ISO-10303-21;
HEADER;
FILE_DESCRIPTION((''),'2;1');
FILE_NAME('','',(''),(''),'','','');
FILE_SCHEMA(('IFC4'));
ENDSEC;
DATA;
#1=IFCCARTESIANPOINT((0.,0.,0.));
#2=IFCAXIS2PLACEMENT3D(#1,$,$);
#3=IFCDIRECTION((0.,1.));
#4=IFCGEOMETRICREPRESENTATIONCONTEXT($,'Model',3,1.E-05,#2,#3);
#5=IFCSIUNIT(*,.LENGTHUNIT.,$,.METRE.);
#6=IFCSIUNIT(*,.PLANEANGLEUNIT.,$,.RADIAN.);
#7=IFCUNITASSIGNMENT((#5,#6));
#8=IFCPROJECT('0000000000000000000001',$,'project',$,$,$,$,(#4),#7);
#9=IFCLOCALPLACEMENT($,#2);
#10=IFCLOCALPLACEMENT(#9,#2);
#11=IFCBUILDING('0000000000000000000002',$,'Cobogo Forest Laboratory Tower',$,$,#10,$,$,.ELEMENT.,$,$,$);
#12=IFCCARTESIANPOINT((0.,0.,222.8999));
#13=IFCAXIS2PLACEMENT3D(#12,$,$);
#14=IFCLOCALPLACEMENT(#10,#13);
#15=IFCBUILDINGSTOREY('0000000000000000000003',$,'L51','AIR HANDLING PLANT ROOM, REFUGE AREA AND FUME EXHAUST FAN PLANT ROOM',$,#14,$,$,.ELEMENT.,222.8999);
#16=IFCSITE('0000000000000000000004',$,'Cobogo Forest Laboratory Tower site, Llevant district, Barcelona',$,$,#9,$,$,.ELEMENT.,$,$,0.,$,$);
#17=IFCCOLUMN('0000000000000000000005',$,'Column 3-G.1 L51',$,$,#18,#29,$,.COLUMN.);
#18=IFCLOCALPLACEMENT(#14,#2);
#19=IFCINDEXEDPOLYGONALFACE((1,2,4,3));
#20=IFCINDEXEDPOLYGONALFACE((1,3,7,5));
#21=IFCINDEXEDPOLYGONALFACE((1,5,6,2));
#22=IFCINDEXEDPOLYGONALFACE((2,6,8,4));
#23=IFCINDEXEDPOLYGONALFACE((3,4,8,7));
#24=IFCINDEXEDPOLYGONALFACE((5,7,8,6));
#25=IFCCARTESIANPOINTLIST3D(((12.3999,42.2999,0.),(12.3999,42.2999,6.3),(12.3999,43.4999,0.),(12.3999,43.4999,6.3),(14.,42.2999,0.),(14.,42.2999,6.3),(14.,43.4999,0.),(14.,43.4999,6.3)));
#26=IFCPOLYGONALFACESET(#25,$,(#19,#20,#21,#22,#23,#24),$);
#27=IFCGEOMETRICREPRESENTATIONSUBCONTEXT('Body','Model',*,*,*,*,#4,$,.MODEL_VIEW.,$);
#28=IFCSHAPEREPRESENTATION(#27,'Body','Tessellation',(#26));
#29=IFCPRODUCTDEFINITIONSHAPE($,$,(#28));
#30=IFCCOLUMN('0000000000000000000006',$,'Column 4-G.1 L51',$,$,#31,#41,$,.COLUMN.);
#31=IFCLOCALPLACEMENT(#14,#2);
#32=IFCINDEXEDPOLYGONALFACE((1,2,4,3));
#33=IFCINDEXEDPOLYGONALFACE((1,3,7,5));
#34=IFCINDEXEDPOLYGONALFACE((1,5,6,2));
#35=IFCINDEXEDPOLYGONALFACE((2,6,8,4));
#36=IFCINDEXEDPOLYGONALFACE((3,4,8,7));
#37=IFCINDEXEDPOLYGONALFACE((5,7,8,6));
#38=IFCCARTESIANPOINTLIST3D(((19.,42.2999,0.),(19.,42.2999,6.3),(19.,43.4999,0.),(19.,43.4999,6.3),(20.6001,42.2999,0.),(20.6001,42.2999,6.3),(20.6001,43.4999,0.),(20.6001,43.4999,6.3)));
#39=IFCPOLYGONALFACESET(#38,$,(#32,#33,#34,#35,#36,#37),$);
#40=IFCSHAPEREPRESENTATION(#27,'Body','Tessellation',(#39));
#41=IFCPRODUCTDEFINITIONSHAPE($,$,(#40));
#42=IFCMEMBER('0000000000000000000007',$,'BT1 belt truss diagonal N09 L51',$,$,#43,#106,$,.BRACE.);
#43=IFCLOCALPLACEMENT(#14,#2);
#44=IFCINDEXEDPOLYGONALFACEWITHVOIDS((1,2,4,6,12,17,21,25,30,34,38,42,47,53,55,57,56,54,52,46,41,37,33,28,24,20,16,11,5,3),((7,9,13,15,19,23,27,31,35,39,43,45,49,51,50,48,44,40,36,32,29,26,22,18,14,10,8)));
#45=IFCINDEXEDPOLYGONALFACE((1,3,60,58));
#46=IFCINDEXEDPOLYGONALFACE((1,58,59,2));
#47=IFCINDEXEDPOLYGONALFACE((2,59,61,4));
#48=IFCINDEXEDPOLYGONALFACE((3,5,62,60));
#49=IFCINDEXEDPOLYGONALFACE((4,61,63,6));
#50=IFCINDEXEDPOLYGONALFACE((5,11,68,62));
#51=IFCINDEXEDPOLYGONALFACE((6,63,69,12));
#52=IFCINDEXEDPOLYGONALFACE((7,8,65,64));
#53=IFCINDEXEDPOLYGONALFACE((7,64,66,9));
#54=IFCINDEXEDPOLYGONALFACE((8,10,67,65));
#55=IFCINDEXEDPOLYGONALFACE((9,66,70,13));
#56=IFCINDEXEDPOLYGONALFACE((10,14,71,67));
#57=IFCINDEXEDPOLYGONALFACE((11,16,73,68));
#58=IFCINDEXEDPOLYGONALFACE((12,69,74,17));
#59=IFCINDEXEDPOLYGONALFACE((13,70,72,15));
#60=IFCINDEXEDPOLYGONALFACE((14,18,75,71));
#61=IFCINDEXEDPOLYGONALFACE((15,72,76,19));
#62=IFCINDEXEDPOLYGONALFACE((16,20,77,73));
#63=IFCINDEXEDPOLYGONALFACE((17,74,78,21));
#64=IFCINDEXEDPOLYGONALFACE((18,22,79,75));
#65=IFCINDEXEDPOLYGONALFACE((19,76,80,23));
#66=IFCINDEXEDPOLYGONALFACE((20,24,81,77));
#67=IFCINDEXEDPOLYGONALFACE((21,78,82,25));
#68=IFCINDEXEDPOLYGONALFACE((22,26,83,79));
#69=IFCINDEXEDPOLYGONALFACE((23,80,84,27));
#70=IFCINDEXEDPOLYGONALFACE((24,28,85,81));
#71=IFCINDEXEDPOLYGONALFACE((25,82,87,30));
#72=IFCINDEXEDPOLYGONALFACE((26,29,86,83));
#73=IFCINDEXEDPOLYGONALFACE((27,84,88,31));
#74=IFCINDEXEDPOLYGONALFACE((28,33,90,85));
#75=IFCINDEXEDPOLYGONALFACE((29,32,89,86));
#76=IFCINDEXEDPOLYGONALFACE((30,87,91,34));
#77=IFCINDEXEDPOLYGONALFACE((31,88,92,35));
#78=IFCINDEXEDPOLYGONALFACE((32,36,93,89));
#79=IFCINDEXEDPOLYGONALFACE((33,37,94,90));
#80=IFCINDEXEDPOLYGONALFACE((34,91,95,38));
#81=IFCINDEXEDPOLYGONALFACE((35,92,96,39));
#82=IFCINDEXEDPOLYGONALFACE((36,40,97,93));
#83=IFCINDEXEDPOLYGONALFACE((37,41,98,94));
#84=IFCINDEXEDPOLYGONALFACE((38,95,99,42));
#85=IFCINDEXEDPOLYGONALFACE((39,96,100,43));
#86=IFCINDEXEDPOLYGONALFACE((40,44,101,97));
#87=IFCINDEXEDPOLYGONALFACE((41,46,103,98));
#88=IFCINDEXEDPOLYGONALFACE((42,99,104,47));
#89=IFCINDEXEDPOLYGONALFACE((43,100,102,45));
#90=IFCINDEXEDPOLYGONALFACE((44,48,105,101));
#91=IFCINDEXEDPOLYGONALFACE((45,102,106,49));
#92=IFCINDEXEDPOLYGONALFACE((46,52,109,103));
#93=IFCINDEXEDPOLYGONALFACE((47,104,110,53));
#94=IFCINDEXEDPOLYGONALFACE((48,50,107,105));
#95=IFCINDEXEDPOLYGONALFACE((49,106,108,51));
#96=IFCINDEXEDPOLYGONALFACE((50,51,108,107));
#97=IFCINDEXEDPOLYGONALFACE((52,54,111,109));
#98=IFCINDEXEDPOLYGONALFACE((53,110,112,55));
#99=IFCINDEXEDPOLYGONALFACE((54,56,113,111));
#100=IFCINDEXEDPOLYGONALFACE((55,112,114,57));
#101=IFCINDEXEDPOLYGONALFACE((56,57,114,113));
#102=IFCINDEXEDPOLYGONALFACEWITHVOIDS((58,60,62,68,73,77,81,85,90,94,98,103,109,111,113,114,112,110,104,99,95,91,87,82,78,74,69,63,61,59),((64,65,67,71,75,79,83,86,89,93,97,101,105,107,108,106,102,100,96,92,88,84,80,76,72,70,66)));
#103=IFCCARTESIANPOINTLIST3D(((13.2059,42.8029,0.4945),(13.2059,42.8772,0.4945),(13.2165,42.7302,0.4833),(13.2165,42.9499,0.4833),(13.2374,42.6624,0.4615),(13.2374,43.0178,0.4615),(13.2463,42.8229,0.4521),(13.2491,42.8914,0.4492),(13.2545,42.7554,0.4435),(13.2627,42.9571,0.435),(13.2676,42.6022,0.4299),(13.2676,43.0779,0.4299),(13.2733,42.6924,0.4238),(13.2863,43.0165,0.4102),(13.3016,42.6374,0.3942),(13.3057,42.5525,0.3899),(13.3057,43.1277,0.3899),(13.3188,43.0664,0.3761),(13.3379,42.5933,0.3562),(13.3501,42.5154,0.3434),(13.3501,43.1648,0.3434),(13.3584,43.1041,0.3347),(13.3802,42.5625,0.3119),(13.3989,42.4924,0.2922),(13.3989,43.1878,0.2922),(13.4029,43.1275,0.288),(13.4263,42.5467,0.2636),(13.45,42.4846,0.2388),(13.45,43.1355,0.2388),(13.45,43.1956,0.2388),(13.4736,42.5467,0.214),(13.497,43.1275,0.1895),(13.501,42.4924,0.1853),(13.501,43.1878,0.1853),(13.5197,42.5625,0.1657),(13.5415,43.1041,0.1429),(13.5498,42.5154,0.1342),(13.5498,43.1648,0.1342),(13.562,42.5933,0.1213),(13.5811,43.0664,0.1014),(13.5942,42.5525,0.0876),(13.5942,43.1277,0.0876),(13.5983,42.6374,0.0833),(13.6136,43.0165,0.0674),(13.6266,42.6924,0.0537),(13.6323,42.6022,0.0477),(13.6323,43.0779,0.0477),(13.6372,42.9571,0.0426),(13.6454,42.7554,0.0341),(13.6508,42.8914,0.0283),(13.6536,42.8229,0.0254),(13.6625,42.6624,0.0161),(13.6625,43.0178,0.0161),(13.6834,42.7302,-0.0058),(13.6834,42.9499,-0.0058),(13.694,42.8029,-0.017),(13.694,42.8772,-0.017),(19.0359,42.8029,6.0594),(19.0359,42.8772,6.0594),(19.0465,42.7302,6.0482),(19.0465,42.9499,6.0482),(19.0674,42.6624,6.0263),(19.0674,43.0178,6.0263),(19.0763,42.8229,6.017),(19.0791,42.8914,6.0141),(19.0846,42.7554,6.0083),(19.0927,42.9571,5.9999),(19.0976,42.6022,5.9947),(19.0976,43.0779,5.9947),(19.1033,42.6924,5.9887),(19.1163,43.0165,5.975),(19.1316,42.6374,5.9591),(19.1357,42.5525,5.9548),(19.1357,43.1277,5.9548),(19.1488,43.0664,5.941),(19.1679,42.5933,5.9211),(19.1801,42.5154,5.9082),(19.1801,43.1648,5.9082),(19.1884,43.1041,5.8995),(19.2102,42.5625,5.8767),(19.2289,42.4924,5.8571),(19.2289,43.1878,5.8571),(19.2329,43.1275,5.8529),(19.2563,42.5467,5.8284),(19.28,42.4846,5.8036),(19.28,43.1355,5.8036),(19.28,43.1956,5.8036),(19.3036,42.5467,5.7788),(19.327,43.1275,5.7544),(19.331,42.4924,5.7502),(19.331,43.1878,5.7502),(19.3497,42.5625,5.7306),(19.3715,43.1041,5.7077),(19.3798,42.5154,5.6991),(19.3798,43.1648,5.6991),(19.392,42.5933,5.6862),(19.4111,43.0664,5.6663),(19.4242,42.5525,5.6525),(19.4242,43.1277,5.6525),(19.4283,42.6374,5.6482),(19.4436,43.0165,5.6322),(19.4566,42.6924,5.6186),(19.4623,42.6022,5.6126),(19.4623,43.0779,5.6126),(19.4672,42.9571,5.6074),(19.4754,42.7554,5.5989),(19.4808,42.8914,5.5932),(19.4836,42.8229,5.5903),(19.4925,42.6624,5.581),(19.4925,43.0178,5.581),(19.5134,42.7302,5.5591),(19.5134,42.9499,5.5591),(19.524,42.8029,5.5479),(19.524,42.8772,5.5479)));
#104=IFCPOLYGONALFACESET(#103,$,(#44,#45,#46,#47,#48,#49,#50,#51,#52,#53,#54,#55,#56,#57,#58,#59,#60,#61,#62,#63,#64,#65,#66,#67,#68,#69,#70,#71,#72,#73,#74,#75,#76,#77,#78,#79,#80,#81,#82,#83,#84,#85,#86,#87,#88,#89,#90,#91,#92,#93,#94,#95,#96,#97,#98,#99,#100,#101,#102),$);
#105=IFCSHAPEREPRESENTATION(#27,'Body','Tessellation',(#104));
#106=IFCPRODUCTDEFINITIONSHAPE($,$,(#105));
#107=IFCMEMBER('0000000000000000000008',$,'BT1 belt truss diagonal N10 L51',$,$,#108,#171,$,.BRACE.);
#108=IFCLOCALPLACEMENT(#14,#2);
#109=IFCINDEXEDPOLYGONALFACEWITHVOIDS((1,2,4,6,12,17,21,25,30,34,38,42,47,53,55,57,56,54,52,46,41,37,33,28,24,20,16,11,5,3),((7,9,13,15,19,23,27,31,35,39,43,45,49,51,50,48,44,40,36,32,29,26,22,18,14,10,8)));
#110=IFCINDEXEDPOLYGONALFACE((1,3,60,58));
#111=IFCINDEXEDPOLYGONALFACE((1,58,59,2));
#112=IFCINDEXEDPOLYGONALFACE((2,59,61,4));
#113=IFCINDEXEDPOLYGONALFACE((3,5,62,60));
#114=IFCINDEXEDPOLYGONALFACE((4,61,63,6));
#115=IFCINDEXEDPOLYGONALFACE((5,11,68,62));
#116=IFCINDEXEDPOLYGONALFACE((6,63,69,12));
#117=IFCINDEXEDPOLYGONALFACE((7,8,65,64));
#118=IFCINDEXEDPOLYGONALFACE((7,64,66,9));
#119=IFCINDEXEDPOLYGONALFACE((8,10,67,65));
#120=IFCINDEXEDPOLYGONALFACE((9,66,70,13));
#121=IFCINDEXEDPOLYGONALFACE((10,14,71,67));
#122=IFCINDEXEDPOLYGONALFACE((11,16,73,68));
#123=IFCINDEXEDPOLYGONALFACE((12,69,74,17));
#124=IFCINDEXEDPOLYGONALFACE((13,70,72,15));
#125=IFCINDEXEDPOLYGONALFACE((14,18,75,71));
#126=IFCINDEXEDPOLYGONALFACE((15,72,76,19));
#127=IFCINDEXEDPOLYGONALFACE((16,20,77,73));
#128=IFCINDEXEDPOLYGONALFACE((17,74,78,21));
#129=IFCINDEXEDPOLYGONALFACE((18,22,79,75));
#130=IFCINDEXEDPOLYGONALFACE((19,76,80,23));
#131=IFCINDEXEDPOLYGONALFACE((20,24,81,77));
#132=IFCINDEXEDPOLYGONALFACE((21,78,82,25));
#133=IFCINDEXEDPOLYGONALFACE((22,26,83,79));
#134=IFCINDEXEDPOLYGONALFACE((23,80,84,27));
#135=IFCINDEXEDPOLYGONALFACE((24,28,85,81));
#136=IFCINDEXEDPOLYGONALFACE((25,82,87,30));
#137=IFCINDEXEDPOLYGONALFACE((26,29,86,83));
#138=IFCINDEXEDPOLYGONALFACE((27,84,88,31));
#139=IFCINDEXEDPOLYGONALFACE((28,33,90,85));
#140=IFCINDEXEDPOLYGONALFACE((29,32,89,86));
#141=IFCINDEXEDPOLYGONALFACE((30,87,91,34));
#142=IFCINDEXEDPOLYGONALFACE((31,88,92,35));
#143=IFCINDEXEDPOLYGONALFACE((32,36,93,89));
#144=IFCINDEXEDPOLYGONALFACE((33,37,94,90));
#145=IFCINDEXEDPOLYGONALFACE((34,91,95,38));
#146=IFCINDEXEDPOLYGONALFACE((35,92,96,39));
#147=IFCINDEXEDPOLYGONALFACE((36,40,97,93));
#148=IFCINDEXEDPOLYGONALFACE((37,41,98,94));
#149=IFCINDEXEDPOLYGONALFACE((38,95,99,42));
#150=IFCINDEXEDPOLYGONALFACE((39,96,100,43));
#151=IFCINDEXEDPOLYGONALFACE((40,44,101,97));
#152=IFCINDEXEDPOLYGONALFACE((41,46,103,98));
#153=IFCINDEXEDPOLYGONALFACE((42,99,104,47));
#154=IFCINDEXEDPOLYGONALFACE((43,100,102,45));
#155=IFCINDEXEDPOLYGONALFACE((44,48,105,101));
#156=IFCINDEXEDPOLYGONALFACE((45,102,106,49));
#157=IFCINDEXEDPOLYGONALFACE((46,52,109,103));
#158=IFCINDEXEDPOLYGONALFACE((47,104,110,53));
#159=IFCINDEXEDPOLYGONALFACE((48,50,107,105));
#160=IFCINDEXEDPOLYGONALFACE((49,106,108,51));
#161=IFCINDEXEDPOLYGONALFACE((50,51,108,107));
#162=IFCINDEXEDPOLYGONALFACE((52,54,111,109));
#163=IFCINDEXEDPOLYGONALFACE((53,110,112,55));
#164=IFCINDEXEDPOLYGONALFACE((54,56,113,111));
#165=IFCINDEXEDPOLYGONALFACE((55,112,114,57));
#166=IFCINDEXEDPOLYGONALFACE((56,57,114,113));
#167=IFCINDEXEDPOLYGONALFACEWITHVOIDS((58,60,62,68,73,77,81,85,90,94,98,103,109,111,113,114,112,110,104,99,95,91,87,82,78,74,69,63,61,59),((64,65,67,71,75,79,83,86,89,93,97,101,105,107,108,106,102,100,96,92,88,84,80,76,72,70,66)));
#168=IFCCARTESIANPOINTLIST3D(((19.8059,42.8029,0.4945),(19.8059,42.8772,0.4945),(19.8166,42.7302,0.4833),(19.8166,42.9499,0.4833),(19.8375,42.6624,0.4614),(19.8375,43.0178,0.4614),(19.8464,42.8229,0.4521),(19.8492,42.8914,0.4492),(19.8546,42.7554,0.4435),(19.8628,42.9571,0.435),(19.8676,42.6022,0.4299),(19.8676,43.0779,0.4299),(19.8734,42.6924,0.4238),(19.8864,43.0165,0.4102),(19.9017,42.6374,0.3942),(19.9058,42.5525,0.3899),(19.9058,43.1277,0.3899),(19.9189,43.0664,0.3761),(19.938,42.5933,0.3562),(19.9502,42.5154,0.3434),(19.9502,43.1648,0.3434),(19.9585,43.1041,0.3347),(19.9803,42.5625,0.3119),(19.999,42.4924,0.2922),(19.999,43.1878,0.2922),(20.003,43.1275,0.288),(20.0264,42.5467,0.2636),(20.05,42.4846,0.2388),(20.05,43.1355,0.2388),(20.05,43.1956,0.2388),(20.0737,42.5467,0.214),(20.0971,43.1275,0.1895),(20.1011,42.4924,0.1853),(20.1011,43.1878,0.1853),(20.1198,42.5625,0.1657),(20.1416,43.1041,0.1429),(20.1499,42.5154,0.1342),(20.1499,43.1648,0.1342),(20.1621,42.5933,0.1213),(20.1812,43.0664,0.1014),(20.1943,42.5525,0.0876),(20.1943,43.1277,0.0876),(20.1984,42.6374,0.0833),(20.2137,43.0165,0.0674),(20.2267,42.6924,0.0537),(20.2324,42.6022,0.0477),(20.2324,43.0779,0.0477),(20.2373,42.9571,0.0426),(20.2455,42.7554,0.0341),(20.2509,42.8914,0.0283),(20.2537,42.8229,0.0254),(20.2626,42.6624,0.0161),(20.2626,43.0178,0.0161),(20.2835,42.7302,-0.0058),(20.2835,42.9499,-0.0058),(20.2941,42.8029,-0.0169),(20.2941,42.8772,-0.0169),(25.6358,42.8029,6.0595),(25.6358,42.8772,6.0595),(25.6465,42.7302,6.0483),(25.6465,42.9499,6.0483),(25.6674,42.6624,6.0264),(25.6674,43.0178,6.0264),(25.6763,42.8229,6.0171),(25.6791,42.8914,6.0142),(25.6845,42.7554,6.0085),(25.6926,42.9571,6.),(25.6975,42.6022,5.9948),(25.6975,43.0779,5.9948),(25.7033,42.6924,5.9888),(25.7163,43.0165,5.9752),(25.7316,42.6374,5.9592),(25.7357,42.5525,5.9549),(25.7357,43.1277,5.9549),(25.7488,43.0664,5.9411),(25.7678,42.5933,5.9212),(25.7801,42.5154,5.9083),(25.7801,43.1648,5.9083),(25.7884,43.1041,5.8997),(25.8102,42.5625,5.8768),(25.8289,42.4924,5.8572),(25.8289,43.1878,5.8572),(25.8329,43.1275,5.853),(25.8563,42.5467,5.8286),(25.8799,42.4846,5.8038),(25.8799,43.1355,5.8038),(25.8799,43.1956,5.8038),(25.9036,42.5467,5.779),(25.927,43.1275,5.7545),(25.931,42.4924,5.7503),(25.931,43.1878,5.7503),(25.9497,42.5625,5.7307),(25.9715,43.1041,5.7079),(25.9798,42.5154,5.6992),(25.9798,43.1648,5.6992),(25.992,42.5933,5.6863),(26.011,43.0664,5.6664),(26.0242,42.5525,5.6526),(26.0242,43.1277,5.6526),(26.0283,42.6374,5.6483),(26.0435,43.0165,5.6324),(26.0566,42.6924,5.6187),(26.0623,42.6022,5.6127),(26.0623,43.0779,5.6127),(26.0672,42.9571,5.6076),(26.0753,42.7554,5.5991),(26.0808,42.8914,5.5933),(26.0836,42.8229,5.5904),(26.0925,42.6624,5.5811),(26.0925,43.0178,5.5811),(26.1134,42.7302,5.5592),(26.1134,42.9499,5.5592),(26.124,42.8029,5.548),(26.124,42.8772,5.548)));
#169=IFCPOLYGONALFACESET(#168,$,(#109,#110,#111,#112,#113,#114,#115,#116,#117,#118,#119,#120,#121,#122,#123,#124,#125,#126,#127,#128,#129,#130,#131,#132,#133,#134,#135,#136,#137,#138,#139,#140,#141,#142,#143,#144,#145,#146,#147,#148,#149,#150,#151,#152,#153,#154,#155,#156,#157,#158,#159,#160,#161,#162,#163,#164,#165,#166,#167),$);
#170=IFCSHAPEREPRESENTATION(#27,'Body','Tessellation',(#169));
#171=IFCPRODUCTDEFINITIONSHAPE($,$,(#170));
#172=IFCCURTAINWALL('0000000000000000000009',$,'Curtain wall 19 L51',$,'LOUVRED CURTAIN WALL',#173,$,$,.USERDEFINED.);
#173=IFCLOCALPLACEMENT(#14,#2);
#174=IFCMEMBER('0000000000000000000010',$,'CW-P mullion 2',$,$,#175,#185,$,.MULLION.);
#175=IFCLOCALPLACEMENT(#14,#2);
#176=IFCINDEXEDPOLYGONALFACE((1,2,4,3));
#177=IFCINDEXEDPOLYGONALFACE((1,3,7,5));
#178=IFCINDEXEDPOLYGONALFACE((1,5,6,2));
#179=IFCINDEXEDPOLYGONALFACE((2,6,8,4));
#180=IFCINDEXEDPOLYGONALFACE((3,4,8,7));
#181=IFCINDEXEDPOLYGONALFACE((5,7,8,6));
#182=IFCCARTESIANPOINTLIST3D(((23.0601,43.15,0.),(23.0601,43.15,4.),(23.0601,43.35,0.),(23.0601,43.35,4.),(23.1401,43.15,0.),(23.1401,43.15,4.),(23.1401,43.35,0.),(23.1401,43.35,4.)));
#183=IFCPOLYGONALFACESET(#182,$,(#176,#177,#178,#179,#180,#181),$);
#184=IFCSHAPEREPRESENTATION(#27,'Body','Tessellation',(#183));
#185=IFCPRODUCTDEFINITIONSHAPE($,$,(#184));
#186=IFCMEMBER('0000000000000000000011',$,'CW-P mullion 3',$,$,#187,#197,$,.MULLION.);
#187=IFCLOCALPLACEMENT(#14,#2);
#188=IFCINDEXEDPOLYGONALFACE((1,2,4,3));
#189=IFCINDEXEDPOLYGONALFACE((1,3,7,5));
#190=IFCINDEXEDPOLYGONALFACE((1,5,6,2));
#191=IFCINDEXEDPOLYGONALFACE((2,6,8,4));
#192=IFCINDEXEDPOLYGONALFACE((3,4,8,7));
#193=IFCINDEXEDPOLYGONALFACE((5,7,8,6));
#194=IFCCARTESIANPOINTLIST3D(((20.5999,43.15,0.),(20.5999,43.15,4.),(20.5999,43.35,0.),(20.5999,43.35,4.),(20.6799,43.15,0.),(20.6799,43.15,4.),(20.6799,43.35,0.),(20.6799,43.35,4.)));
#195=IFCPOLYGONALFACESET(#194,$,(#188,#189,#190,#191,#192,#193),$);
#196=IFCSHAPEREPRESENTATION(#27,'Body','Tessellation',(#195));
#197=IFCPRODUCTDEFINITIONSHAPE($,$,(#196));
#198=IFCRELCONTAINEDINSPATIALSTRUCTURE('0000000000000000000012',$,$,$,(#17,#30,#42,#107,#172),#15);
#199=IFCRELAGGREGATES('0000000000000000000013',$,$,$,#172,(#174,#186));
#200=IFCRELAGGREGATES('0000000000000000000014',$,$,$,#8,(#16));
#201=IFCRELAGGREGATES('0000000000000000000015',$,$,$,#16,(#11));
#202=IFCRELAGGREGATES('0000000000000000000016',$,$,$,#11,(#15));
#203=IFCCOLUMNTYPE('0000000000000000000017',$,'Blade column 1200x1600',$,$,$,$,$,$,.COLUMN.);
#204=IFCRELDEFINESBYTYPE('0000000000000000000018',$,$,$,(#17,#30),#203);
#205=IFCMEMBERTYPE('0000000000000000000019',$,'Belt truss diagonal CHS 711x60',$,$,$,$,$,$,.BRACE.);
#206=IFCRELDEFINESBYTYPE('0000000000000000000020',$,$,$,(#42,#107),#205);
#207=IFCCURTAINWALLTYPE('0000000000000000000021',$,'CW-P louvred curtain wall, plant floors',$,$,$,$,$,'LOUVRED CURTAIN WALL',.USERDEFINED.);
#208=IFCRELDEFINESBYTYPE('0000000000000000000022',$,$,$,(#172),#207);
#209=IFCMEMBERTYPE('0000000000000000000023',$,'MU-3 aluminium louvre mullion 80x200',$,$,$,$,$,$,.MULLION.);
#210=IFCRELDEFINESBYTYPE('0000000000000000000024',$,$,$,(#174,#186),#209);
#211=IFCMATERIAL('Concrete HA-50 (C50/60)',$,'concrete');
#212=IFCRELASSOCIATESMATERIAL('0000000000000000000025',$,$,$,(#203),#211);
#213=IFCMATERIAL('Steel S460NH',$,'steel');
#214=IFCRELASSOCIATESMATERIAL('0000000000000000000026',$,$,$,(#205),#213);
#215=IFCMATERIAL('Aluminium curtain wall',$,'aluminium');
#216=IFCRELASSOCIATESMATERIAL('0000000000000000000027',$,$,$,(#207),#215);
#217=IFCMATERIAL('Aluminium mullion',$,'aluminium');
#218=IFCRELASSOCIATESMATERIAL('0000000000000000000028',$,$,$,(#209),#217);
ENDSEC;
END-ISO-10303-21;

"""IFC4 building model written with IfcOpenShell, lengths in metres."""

from ifc_helpers import new_model, si_unit, direction, frame, origin, origin_2d, place, context, subcontext, project, spatial, rectangle, hollow_circle, extrude, material, material_profile, profile_set, type_object, element, aggregate, save


model = new_model("IFC4")

# Units and contexts
model_context = context("Model", 3, precision=1e-05, world=origin(), true_north=direction((0.0, 1.0)))
body_context = subcontext(model_context, "Body", "Model", "MODEL_VIEW")
ifc_project = project(units=[si_unit("LENGTHUNIT", "METRE"), si_unit("PLANEANGLEUNIT", "RADIAN")], contexts=[model_context])

# Site, building, storey
site_placement = place(None, origin())
site = spatial("IfcSite", under=ifc_project, at=site_placement, Name="Cobogo Forest Laboratory Tower site, Llevant district, Barcelona", CompositionType="ELEMENT", RefElevation=0.0)
building_placement = place(site_placement, origin())
building = spatial("IfcBuilding", under=site, at=building_placement, Name="Cobogo Forest Laboratory Tower", CompositionType="ELEMENT")
storey_placement = place(building_placement, frame((0.0, 0.0, 222.8999)))
storey = spatial("IfcBuildingStorey", under=building, at=storey_placement, Name="L51", Description="AIR HANDLING PLANT ROOM, REFUGE AREA AND FUME EXHAUST FAN PLANT ROOM", CompositionType="ELEMENT", Elevation=222.8999)

# Columns
ifc_material_1 = material(Name="Concrete HA-50 (C50/60)", Category="concrete")
ifc_material_profile_1 = material_profile(ifc_material_1, rectangle(XDim=1.6001, YDim=1.2, at=origin_2d()), Name="RC 1200x1600")
ifc_profile_set_1 = profile_set([ifc_material_profile_1], Name="Concrete HA-50 (C50/60)")
column_type = type_object("IfcColumnType", Name="Blade column 1200x1600", PredefinedType="COLUMN", material=ifc_profile_set_1)
for number, where, z_axis, x_axis, name in (
    (1, (13.2, 42.8999, 0.0), (0.0, 0.0, 1.0), (1.0, 0.0, 0.0), "Column 3-G.1 L51"),
    (2, (19.8, 42.8999, 0.0), (0.0, 0.0, 1.0), (1.0, 0.0, 0.0), "Column 4-G.1 L51"),
):
    element("IfcColumn", number, at=place(storey_placement, frame(where, z_axis=z_axis, x_axis=x_axis)), inside=storey, type_object=column_type, Name=name, PredefinedType="COLUMN", context=body_context, shape_type="SweptSolid", body=[
        extrude(rectangle(XDim=1.6001, YDim=1.2, at=origin_2d()), origin(), (0.0, 0.0, 1.0), 6.3),
    ])

# Members
ifc_material_2 = material(Name="Steel S460NH", Category="steel")
ifc_material_profile_2 = material_profile(ifc_material_2, hollow_circle(Radius=0.3555, WallThickness=0.0601, at=origin_2d()), Name="CHS 711x60")
ifc_profile_set_2 = profile_set([ifc_material_profile_2], Name="Steel S460NH")
member_type_1 = type_object("IfcMemberType", Name="Belt truss diagonal CHS 711x60", PredefinedType="BRACE", material=ifc_profile_set_2)
for number, where, z_axis, x_axis, name in (
    (3, (13.45, 42.8401, 0.2388), (0.723364, 0.0, 0.690467), (0.0, 1.0, 0.0), "BT1 belt truss diagonal N09 L51"),
    (4, (20.05, 42.8401, 0.2388), (0.723349, 0.0, 0.690482), (0.0, 1.0, 0.0), "BT1 belt truss diagonal N10 L51"),
):
    element("IfcMember", number, at=place(storey_placement, frame(where, z_axis=z_axis, x_axis=x_axis)), inside=storey, type_object=member_type_1, Name=name, PredefinedType="BRACE", context=body_context, shape_type="SweptSolid", body=[
        extrude(hollow_circle(Radius=0.3555, WallThickness=0.0601, at=origin_2d()), origin(), (0.0, 0.0, 1.0), 8.0596),
    ])

# Curtain wall, members
ifc_material_3 = material(Name="Aluminium curtain wall", Category="aluminium")
curtain_wall_type = type_object("IfcCurtainWallType", Name="CW-P louvred curtain wall, plant floors", ElementType="LOUVRED CURTAIN WALL", PredefinedType="USERDEFINED", material=ifc_material_3)
curtain_wall_1_placement = place(storey_placement, origin())
curtain_wall_1 = element("IfcCurtainWall", 5, at=curtain_wall_1_placement, inside=storey, type_object=curtain_wall_type, Name="Curtain wall 19 L51", ObjectType="LOUVRED CURTAIN WALL", PredefinedType="USERDEFINED")
ifc_material_4 = material(Name="Aluminium mullion", Category="aluminium")
ifc_material_profile_3 = material_profile(ifc_material_4, rectangle(XDim=0.0801, YDim=0.2, at=origin_2d()), Name="AL 80x200")
ifc_profile_set_3 = profile_set([ifc_material_profile_3], Name="Aluminium mullion")
member_type_2 = type_object("IfcMemberType", Name="MU-3 aluminium louvre mullion 80x200", PredefinedType="MULLION", material=ifc_profile_set_3)
member_1_placement = place(storey_placement, frame((23.1001, 43.25, 0.0), z_axis=(0.0, 0.0, 1.0), x_axis=(-1.0, 0.0, 0.0)))
member_1 = element("IfcMember", 6, at=member_1_placement, type_object=member_type_2, Name="CW-P mullion 2", PredefinedType="MULLION", context=body_context, shape_type="SweptSolid", body=[
    extrude(rectangle(XDim=0.0801, YDim=0.2, at=origin_2d()), origin(), (0.0, 0.0, 1.0), 4.0),
])
member_2_placement = place(storey_placement, frame((20.6399, 43.25, 0.0), z_axis=(0.0, 0.0, 1.0), x_axis=(-1.0, 0.0, 0.0)))
member_2 = element("IfcMember", 7, at=member_2_placement, type_object=member_type_2, Name="CW-P mullion 3", PredefinedType="MULLION", context=body_context, shape_type="SweptSolid", body=[
    extrude(rectangle(XDim=0.0801, YDim=0.2, at=origin_2d()), origin(), (0.0, 0.0, 1.0), 4.0),
])

aggregate(curtain_wall_1, [member_1, member_2])

save(model, "model.ifc")
